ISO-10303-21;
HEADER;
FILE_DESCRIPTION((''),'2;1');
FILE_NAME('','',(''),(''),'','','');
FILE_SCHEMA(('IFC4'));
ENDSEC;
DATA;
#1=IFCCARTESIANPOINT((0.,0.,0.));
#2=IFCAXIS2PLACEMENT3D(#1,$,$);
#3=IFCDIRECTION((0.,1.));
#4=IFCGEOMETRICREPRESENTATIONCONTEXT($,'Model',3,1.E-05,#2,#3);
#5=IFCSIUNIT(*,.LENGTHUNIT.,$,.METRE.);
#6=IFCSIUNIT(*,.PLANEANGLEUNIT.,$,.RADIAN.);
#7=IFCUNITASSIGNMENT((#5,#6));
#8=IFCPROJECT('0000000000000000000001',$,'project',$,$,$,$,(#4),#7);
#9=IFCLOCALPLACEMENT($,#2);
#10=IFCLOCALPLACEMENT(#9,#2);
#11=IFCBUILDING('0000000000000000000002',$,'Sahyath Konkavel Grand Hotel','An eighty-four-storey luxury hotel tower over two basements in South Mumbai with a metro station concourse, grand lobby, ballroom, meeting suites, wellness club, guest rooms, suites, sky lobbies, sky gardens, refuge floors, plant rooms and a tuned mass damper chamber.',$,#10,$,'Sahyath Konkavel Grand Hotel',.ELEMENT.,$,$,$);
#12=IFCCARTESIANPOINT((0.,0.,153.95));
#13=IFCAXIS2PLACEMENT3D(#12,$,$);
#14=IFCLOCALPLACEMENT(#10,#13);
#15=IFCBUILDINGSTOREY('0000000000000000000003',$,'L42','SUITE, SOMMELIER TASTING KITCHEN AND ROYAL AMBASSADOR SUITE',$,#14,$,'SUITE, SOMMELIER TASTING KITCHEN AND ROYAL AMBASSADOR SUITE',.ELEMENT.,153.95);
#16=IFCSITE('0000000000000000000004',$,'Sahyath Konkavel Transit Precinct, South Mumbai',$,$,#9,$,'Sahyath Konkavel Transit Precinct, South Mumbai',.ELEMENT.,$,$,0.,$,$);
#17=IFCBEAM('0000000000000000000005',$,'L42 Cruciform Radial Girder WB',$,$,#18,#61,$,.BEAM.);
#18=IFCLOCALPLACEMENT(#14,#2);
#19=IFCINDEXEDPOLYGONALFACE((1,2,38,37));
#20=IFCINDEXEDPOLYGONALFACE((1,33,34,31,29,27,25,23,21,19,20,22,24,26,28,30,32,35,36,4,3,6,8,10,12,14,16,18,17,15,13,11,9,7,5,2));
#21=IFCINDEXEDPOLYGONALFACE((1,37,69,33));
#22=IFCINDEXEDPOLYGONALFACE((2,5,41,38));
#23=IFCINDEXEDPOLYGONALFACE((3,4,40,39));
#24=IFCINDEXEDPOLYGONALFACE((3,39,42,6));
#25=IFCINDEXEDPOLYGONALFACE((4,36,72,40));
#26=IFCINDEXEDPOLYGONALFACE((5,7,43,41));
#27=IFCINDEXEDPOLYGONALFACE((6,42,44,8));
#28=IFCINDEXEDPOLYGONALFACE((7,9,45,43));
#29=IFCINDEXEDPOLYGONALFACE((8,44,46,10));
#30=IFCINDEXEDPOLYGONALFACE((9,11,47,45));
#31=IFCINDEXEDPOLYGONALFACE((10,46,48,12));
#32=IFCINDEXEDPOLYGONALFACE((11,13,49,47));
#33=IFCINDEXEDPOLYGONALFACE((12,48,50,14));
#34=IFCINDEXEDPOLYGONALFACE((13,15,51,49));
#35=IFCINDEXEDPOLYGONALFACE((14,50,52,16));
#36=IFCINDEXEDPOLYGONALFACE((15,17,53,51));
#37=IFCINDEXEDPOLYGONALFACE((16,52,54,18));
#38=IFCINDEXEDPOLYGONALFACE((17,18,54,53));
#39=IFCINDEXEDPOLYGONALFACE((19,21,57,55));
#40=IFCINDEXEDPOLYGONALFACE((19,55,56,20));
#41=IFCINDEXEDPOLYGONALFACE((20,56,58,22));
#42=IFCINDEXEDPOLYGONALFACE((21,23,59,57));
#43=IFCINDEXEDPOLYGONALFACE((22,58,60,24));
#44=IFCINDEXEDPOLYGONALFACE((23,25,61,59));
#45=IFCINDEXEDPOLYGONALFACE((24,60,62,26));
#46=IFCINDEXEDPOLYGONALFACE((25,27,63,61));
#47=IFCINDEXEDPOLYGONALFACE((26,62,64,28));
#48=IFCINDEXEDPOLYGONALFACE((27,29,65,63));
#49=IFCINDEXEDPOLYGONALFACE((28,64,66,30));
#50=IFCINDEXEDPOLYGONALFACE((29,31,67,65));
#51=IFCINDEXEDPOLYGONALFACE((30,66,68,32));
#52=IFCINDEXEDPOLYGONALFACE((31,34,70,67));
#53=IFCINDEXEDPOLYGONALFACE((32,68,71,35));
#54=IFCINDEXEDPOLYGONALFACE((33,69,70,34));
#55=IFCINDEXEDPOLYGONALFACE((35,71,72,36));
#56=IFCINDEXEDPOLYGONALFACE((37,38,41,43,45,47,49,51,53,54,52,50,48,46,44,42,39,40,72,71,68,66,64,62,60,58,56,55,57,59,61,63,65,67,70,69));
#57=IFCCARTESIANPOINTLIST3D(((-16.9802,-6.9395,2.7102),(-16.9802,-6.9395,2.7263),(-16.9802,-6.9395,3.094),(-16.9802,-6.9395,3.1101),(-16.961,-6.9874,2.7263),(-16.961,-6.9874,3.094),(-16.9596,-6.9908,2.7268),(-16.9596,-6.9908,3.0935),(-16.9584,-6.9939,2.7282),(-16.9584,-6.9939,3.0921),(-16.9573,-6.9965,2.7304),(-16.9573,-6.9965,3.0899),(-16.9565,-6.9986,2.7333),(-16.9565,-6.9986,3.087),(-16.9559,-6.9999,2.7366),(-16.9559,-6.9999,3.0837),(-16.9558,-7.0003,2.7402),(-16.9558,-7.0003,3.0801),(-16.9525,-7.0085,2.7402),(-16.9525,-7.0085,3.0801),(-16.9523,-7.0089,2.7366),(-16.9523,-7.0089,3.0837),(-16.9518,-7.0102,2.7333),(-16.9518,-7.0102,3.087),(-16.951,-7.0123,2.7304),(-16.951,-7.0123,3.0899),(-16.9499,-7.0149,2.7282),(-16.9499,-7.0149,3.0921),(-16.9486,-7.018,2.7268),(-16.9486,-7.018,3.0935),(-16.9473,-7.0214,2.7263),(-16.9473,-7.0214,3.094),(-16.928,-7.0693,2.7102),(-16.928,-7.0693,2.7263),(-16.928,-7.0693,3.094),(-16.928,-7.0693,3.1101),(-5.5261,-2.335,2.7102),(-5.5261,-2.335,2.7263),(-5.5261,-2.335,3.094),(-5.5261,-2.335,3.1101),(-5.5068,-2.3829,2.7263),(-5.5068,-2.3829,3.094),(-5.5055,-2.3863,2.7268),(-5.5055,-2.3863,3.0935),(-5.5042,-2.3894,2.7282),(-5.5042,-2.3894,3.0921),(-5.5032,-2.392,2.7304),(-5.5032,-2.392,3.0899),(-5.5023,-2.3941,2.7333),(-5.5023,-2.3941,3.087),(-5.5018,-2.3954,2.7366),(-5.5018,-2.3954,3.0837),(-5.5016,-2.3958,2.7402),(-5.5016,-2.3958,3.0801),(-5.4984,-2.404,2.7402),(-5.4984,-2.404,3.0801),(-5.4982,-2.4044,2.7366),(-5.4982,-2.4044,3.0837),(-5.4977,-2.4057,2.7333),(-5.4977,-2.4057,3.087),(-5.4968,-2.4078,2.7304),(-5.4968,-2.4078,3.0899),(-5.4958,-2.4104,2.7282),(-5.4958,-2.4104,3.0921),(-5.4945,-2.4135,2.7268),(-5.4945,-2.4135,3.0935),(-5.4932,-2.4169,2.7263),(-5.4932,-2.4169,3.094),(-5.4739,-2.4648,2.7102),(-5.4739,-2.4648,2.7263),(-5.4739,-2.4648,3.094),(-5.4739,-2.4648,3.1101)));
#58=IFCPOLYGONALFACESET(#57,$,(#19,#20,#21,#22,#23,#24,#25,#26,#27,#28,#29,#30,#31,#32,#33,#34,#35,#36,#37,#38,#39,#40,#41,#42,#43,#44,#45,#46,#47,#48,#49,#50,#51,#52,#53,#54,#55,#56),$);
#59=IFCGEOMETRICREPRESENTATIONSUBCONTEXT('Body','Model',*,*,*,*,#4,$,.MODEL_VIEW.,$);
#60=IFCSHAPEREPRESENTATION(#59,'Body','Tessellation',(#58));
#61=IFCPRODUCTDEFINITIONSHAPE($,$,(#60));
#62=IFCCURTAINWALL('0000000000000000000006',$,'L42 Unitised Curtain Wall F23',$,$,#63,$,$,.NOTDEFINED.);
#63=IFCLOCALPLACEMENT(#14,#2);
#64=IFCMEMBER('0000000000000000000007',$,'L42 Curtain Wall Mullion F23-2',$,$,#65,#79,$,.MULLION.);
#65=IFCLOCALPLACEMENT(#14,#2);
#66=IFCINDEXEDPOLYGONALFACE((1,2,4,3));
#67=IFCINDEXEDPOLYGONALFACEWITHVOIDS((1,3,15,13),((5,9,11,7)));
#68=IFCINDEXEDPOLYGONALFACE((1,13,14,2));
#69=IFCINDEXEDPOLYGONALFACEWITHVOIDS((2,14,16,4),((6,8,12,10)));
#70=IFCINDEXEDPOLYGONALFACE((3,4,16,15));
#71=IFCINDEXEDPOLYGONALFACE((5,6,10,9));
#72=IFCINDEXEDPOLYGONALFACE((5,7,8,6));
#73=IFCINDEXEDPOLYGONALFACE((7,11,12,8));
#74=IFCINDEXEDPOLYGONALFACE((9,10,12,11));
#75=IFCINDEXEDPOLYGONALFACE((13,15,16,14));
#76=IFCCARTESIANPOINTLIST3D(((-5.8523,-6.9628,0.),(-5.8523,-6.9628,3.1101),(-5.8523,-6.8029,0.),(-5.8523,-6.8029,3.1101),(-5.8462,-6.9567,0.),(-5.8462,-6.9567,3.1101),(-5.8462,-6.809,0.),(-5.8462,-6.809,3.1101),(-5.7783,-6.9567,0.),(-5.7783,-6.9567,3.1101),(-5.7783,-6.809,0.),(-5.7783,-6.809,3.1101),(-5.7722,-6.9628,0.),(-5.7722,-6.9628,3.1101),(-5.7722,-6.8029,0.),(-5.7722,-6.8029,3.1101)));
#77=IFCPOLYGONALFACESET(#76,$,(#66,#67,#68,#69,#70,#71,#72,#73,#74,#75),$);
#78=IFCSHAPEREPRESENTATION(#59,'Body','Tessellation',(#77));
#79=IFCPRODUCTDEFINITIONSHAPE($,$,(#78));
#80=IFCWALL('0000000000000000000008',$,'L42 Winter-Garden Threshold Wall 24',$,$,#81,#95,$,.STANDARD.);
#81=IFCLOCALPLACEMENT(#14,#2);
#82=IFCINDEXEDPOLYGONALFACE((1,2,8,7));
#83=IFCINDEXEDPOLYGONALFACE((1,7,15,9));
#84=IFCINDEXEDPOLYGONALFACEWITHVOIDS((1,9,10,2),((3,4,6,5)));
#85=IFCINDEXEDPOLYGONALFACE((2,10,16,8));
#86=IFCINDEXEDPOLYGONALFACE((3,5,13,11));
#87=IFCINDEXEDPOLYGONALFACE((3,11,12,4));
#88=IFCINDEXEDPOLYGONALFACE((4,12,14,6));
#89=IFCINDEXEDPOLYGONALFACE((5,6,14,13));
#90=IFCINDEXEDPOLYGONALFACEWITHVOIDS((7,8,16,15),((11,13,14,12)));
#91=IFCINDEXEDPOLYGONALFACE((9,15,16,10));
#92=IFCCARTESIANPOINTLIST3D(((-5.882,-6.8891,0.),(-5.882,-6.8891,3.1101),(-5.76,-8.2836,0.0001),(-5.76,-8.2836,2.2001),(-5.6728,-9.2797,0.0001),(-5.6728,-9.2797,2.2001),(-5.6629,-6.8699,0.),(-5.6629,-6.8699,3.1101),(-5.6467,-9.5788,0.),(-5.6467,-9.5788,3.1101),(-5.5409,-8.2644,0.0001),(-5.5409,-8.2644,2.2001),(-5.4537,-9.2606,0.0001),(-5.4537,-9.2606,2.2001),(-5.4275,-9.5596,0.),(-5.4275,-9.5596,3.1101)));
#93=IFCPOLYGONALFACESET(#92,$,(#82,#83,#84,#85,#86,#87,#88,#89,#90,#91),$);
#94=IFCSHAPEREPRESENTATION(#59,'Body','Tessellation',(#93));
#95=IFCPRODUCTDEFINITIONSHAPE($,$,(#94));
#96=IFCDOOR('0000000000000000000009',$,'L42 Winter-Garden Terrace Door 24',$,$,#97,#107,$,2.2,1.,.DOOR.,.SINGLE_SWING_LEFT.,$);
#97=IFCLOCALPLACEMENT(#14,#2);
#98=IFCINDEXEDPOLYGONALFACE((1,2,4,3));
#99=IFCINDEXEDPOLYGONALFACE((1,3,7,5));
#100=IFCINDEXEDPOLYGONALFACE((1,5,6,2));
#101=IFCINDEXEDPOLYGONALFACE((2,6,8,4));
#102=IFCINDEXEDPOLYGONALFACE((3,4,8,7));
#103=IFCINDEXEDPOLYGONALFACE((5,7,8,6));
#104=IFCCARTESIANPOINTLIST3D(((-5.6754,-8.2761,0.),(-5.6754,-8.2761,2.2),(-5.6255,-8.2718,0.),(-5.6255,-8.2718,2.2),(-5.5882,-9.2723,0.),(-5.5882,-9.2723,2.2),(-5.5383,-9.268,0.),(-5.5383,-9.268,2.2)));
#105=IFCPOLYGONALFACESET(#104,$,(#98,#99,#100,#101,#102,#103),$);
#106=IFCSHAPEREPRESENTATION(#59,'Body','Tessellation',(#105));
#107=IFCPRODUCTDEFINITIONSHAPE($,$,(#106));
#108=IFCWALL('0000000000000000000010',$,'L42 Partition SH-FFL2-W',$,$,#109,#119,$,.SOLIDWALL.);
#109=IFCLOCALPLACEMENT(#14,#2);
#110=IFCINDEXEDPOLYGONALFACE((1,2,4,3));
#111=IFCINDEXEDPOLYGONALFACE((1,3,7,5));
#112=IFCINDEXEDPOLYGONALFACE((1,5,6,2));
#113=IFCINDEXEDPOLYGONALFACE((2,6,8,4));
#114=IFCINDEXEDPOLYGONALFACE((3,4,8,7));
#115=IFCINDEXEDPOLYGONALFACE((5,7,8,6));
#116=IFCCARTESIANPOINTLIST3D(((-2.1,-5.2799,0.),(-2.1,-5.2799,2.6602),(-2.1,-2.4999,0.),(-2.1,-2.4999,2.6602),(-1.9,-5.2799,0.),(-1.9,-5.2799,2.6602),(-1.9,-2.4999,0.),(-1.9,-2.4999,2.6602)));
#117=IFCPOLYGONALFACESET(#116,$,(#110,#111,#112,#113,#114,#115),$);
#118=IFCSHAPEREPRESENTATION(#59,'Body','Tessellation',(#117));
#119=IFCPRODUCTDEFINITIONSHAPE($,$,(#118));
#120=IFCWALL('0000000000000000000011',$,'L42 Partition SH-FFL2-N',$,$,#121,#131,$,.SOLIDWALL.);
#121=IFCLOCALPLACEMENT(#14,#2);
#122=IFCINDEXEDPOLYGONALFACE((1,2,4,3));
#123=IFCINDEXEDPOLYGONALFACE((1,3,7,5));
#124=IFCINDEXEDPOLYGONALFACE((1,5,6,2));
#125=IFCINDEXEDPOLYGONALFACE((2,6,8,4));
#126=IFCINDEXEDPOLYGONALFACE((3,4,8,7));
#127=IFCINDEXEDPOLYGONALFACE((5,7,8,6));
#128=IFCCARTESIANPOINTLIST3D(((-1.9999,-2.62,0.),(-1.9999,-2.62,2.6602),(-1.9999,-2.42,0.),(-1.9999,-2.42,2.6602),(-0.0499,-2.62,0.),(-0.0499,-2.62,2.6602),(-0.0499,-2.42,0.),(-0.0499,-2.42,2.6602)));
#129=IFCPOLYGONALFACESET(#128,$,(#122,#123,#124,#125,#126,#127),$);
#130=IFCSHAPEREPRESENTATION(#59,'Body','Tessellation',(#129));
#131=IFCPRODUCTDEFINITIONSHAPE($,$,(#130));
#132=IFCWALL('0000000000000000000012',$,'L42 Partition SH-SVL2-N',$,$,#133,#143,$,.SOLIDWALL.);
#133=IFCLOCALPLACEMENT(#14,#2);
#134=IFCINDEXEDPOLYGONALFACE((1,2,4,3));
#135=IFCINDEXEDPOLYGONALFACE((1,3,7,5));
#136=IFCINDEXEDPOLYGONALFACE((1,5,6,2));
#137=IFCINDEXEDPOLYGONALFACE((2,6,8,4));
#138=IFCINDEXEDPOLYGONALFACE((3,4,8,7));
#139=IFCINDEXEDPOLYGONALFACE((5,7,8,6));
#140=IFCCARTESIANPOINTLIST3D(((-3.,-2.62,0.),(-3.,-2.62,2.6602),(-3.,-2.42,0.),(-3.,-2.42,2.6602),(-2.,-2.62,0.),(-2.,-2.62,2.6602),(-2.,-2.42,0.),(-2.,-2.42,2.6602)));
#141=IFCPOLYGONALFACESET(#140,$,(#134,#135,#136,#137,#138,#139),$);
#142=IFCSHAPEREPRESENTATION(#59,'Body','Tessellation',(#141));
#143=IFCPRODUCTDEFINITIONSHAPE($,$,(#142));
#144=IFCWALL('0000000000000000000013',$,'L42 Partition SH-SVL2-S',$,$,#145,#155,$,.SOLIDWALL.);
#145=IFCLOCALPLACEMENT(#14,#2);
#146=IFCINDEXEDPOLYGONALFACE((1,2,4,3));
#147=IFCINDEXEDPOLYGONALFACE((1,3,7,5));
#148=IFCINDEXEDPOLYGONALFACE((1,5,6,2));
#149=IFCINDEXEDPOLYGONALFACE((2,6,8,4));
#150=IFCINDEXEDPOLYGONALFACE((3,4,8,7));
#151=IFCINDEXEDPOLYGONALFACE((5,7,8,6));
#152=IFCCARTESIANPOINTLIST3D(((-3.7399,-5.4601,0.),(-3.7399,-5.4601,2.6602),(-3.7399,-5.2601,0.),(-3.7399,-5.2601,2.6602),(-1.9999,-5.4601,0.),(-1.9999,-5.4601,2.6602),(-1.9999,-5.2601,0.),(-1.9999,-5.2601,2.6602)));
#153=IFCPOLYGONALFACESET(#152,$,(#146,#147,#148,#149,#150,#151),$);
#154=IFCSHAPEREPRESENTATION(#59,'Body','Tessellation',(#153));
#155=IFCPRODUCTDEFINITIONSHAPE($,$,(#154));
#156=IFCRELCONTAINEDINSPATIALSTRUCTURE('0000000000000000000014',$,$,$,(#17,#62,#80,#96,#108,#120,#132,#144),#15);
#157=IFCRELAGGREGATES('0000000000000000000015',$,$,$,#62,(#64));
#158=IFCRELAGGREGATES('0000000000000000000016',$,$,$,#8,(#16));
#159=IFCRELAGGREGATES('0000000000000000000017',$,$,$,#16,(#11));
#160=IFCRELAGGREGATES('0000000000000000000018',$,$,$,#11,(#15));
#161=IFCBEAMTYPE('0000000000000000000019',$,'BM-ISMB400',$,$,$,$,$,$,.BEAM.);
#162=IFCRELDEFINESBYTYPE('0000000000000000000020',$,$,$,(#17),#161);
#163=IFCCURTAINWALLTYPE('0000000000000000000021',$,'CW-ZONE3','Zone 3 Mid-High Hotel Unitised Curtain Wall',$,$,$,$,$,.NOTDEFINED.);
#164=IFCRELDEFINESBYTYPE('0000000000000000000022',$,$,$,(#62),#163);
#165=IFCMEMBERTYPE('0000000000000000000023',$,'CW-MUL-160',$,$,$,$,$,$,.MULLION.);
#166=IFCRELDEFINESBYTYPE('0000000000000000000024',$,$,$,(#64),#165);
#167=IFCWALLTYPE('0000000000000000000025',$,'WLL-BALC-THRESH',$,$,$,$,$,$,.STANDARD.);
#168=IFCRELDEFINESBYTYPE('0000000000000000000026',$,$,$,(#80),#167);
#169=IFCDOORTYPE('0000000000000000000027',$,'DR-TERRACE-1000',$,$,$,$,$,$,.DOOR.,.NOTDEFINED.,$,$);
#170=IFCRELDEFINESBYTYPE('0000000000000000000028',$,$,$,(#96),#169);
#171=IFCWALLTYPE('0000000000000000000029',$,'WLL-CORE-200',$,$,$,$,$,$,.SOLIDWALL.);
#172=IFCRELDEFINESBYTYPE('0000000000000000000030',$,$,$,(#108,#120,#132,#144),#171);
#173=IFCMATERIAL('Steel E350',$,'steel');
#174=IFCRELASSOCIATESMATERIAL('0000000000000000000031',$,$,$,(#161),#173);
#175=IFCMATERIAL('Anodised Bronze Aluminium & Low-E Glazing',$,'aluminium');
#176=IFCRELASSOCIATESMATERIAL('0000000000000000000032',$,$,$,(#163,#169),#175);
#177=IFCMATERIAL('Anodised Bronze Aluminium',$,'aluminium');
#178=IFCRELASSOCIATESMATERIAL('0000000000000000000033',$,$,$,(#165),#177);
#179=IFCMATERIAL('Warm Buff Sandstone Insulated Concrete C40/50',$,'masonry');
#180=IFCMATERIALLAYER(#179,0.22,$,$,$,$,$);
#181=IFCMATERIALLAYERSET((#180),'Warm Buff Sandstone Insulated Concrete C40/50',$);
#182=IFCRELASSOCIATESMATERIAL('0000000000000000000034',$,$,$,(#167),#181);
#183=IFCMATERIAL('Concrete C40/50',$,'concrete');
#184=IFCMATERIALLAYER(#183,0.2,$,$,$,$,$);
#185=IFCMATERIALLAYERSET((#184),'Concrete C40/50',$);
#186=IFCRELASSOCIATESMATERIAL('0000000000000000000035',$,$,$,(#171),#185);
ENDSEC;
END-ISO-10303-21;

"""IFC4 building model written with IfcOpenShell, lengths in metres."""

from ifc_helpers import new_model, si_unit, direction, frame, frame_2d, origin, origin_2d, place, context, subcontext, project, spatial, rectangle, hollow_rectangle, i_section, extrude, source, transform, mapped, material, layer, layer_set, material_profile, profile_set, type_object, element, fill, aggregate, save


model = new_model("IFC4")

# Units and contexts
model_context = context("Model", 3, precision=1e-05, world=origin(), true_north=direction((0.0, 1.0)))
body_context = subcontext(model_context, "Body", "Model", "MODEL_VIEW")
ifc_project = project(units=[si_unit("LENGTHUNIT", "METRE"), si_unit("PLANEANGLEUNIT", "RADIAN")], contexts=[model_context])

# Site, building, storey
site_placement = place(None, origin())
site = spatial("IfcSite", under=ifc_project, at=site_placement, Name="Sahyath Konkavel Transit Precinct, South Mumbai", LongName="Sahyath Konkavel Transit Precinct, South Mumbai", CompositionType="ELEMENT", RefElevation=0.0)
building_placement = place(site_placement, origin())
building = spatial("IfcBuilding", under=site, at=building_placement, Name="Sahyath Konkavel Grand Hotel", Description="An eighty-four-storey luxury hotel tower over two basements in South Mumbai with a metro station concourse, grand lobby, ballroom, meeting suites, wellness club, guest rooms, suites, sky lobbies, sky gardens, refuge floors, plant rooms and a tuned mass damper chamber.", LongName="Sahyath Konkavel Grand Hotel", CompositionType="ELEMENT")
storey_placement = place(building_placement, frame((0.0, 0.0, 153.95)))
storey = spatial("IfcBuildingStorey", under=building, at=storey_placement, Name="L42", Description="SUITE, SOMMELIER TASTING KITCHEN AND ROYAL AMBASSADOR SUITE", LongName="SUITE, SOMMELIER TASTING KITCHEN AND ROYAL AMBASSADOR SUITE", CompositionType="ELEMENT", Elevation=153.95)

# Beam
ifc_material_1 = material(Name="Steel E350", Category="steel")
ifc_material_profile_1 = material_profile(ifc_material_1, i_section(OverallWidth=0.1399, OverallDepth=0.3999, WebThickness=0.0088, FlangeThickness=0.0161, FilletRadius=0.0139, at=origin_2d()), Name="ISMB 400")
ifc_profile_set_1 = profile_set([ifc_material_profile_1], Name="Steel E350")
beam_type_1 = type_object("IfcBeamType", Name="BM-ISMB400", PredefinedType="BEAM", material=ifc_profile_set_1)
shared_shape_1 = source(origin(), body_context, "Body", "SweptSolid", [
    extrude(i_section(OverallWidth=0.1399, OverallDepth=0.3999, WebThickness=0.0088, FlangeThickness=0.0161, FilletRadius=0.0139, at=origin_2d()), origin(), (0.0, 0.0, 1.0), 12.345),
])
beam_1_placement = place(storey_placement, frame((-5.5, -2.3999, 2.9102), z_axis=(-0.927837, -0.372986, 0.0), x_axis=(0.372986, -0.927837, 0.0)))
element("IfcBeam", 1, at=beam_1_placement, inside=storey, type_object=beam_type_1, Name="L42 Cruciform Radial Girder WB", PredefinedType="BEAM", context=body_context, shape_type="MappedRepresentation", body=[
    mapped(shared_shape_1, transform((0.0, 0.0, 0.0), scale=1.0)),
])

# Curtain wall, member
ifc_material_2 = material(Name="Anodised Bronze Aluminium & Low-E Glazing", Category="aluminium")
curtain_wall_type = type_object("IfcCurtainWallType", Name="CW-ZONE3", Description="Zone 3 Mid-High Hotel Unitised Curtain Wall", PredefinedType="NOTDEFINED", material=ifc_material_2)
curtain_wall_placement = place(storey_placement, origin())
curtain_wall = element("IfcCurtainWall", 2, at=curtain_wall_placement, inside=storey, type_object=curtain_wall_type, Name="L42 Unitised Curtain Wall F23", PredefinedType="NOTDEFINED")
ifc_material_3 = material(Name="Anodised Bronze Aluminium", Category="aluminium")
ifc_material_profile_2 = material_profile(ifc_material_3, hollow_rectangle(XDim=0.0801, YDim=0.1599, WallThickness=0.0061, at=origin_2d()), Name="RHS 160x80x6")
ifc_profile_set_2 = profile_set([ifc_material_profile_2], Name="Anodised Bronze Aluminium")
member_type = type_object("IfcMemberType", Name="CW-MUL-160", PredefinedType="MULLION", material=ifc_profile_set_2)
shared_shape_2 = source(origin(), body_context, "Body", "SweptSolid", [
    extrude(hollow_rectangle(XDim=0.0801, YDim=0.1599, WallThickness=0.0061, at=origin_2d()), origin(), (0.0, 0.0, 1.0), 3.1101),
])
member_placement = place(storey_placement, frame((-5.8123, -6.8828, 0.0), z_axis=(0.0, 0.0, 1.0), x_axis=(1.0, 0.0, 0.0)))
member = element("IfcMember", 3, at=member_placement, type_object=member_type, Name="L42 Curtain Wall Mullion F23-2", PredefinedType="MULLION", context=body_context, shape_type="MappedRepresentation", body=[
    mapped(shared_shape_2, transform((0.0, 0.0, 0.0), scale=1.0)),
])
aggregate(curtain_wall, [member])

# Wall, opening, door
ifc_material_4 = material(Name="Warm Buff Sandstone Insulated Concrete C40/50", Category="masonry")
ifc_layer_1 = layer(ifc_material_4, 0.22)
ifc_layer_set_1 = layer_set([ifc_layer_1], Name="Warm Buff Sandstone Insulated Concrete C40/50")
wall_type_1 = type_object("IfcWallType", Name="WLL-BALC-THRESH", PredefinedType="STANDARD", material=ifc_layer_set_1)
wall_1_placement = place(storey_placement, frame((-5.7725, -6.8794, 0.0), z_axis=(0.0, 0.0, 1.0), x_axis=(0.087168, -0.996194, 0.0)))
wall_1 = element("IfcWall", 4, at=wall_1_placement, inside=storey, type_object=wall_type_1, Name="L42 Winter-Garden Threshold Wall 24", PredefinedType="STANDARD", context=body_context, shape_type="SweptSolid", body=[
    extrude(rectangle(XDim=2.7, YDim=0.22, at=frame_2d((1.3501, 0.0))), origin(), (0.0, 0.0, 1.0), 3.1101),
])
opening_1_placement = place(wall_1_placement, frame((1.3999, 0.0, 0.0)))
opening_1 = element("IfcOpeningElement", 5, at=opening_1_placement, cuts=wall_1, PredefinedType="OPENING", context=body_context, shape_type="SweptSolid", body=[
    extrude(rectangle(XDim=1.0, YDim=2.2, at=frame_2d((0.5, 1.1001))), frame((0.0, 0.1201, 0.0), z_axis=(0.0, -1.0, 0.0), x_axis=(1.0, 0.0, 0.0)), (0.0, 0.0, 1.0), 0.24),
])
door_type_1 = type_object("IfcDoorType", Name="DR-TERRACE-1000", OperationType="NOTDEFINED", PredefinedType="DOOR", material=ifc_material_2)
shared_shape_3 = source(origin(), body_context, "Body", "SweptSolid", [
    extrude(rectangle(XDim=1.0, YDim=0.05, at=origin_2d()), origin(), (0.0, 0.0, 1.0), 2.2),
])
door_1_placement = place(opening_1_placement, frame((0.5, 0.0, 0.0)))
door_1 = element("IfcDoor", 6, at=door_1_placement, inside=storey, type_object=door_type_1, Name="L42 Winter-Garden Terrace Door 24", OperationType="SINGLE_SWING_LEFT", OverallHeight=2.2, OverallWidth=1.0, PredefinedType="DOOR", context=body_context, shape_type="MappedRepresentation", body=[
    mapped(shared_shape_3, transform((0.0, 0.0, 0.0), scale=1.0)),
])
fill(opening_1, door_1)

# Walls
ifc_material_5 = material(Name="Concrete C40/50", Category="concrete")
ifc_layer_2 = layer(ifc_material_5, 0.2)
ifc_layer_set_2 = layer_set([ifc_layer_2], Name="Concrete C40/50")
wall_type_2 = type_object("IfcWallType", Name="WLL-CORE-200", PredefinedType="SOLIDWALL", material=ifc_layer_set_2)
wall_2_placement = place(storey_placement, frame((-2.0, -5.28, 0.0), z_axis=(0.0, 0.0, 1.0), x_axis=(0.0, 1.0, 0.0)))
element("IfcWall", 7, at=wall_2_placement, inside=storey, type_object=wall_type_2, Name="L42 Partition SH-FFL2-W", PredefinedType="SOLIDWALL", context=body_context, shape_type="SweptSolid", body=[
    extrude(rectangle(XDim=2.78, YDim=0.2, at=frame_2d((1.3901, 0.0))), origin(), (0.0, 0.0, 1.0), 2.6602),
])
wall_3_placement = place(storey_placement, frame((-2.0, -2.52, 0.0), z_axis=(0.0, 0.0, 1.0), x_axis=(1.0, 0.0, 0.0)))
element("IfcWall", 8, at=wall_3_placement, inside=storey, type_object=wall_type_2, Name="L42 Partition SH-FFL2-N", PredefinedType="SOLIDWALL", context=body_context, shape_type="SweptSolid", body=[
    extrude(rectangle(XDim=1.95, YDim=0.2, at=frame_2d((0.9751, 0.0))), origin(), (0.0, 0.0, 1.0), 2.6602),
])
wall_4_placement = place(storey_placement, frame((-3.0, -2.52, 0.0), z_axis=(0.0, 0.0, 1.0), x_axis=(1.0, 0.0, 0.0)))
element("IfcWall", 9, at=wall_4_placement, inside=storey, type_object=wall_type_2, Name="L42 Partition SH-SVL2-N", PredefinedType="SOLIDWALL", context=body_context, shape_type="SweptSolid", body=[
    extrude(rectangle(XDim=1.0, YDim=0.2, at=frame_2d((0.5, 0.0))), origin(), (0.0, 0.0, 1.0), 2.6602),
])
wall_5_placement = place(storey_placement, frame((-3.74, -5.3601, 0.0), z_axis=(0.0, 0.0, 1.0), x_axis=(1.0, 0.0, 0.0)))
element("IfcWall", 10, at=wall_5_placement, inside=storey, type_object=wall_type_2, Name="L42 Partition SH-SVL2-S", PredefinedType="SOLIDWALL", context=body_context, shape_type="SweptSolid", body=[
    extrude(rectangle(XDim=1.74, YDim=0.2, at=frame_2d((0.8701, 0.0))), origin(), (0.0, 0.0, 1.0), 2.6602),
])

save(model, "model.ifc")
